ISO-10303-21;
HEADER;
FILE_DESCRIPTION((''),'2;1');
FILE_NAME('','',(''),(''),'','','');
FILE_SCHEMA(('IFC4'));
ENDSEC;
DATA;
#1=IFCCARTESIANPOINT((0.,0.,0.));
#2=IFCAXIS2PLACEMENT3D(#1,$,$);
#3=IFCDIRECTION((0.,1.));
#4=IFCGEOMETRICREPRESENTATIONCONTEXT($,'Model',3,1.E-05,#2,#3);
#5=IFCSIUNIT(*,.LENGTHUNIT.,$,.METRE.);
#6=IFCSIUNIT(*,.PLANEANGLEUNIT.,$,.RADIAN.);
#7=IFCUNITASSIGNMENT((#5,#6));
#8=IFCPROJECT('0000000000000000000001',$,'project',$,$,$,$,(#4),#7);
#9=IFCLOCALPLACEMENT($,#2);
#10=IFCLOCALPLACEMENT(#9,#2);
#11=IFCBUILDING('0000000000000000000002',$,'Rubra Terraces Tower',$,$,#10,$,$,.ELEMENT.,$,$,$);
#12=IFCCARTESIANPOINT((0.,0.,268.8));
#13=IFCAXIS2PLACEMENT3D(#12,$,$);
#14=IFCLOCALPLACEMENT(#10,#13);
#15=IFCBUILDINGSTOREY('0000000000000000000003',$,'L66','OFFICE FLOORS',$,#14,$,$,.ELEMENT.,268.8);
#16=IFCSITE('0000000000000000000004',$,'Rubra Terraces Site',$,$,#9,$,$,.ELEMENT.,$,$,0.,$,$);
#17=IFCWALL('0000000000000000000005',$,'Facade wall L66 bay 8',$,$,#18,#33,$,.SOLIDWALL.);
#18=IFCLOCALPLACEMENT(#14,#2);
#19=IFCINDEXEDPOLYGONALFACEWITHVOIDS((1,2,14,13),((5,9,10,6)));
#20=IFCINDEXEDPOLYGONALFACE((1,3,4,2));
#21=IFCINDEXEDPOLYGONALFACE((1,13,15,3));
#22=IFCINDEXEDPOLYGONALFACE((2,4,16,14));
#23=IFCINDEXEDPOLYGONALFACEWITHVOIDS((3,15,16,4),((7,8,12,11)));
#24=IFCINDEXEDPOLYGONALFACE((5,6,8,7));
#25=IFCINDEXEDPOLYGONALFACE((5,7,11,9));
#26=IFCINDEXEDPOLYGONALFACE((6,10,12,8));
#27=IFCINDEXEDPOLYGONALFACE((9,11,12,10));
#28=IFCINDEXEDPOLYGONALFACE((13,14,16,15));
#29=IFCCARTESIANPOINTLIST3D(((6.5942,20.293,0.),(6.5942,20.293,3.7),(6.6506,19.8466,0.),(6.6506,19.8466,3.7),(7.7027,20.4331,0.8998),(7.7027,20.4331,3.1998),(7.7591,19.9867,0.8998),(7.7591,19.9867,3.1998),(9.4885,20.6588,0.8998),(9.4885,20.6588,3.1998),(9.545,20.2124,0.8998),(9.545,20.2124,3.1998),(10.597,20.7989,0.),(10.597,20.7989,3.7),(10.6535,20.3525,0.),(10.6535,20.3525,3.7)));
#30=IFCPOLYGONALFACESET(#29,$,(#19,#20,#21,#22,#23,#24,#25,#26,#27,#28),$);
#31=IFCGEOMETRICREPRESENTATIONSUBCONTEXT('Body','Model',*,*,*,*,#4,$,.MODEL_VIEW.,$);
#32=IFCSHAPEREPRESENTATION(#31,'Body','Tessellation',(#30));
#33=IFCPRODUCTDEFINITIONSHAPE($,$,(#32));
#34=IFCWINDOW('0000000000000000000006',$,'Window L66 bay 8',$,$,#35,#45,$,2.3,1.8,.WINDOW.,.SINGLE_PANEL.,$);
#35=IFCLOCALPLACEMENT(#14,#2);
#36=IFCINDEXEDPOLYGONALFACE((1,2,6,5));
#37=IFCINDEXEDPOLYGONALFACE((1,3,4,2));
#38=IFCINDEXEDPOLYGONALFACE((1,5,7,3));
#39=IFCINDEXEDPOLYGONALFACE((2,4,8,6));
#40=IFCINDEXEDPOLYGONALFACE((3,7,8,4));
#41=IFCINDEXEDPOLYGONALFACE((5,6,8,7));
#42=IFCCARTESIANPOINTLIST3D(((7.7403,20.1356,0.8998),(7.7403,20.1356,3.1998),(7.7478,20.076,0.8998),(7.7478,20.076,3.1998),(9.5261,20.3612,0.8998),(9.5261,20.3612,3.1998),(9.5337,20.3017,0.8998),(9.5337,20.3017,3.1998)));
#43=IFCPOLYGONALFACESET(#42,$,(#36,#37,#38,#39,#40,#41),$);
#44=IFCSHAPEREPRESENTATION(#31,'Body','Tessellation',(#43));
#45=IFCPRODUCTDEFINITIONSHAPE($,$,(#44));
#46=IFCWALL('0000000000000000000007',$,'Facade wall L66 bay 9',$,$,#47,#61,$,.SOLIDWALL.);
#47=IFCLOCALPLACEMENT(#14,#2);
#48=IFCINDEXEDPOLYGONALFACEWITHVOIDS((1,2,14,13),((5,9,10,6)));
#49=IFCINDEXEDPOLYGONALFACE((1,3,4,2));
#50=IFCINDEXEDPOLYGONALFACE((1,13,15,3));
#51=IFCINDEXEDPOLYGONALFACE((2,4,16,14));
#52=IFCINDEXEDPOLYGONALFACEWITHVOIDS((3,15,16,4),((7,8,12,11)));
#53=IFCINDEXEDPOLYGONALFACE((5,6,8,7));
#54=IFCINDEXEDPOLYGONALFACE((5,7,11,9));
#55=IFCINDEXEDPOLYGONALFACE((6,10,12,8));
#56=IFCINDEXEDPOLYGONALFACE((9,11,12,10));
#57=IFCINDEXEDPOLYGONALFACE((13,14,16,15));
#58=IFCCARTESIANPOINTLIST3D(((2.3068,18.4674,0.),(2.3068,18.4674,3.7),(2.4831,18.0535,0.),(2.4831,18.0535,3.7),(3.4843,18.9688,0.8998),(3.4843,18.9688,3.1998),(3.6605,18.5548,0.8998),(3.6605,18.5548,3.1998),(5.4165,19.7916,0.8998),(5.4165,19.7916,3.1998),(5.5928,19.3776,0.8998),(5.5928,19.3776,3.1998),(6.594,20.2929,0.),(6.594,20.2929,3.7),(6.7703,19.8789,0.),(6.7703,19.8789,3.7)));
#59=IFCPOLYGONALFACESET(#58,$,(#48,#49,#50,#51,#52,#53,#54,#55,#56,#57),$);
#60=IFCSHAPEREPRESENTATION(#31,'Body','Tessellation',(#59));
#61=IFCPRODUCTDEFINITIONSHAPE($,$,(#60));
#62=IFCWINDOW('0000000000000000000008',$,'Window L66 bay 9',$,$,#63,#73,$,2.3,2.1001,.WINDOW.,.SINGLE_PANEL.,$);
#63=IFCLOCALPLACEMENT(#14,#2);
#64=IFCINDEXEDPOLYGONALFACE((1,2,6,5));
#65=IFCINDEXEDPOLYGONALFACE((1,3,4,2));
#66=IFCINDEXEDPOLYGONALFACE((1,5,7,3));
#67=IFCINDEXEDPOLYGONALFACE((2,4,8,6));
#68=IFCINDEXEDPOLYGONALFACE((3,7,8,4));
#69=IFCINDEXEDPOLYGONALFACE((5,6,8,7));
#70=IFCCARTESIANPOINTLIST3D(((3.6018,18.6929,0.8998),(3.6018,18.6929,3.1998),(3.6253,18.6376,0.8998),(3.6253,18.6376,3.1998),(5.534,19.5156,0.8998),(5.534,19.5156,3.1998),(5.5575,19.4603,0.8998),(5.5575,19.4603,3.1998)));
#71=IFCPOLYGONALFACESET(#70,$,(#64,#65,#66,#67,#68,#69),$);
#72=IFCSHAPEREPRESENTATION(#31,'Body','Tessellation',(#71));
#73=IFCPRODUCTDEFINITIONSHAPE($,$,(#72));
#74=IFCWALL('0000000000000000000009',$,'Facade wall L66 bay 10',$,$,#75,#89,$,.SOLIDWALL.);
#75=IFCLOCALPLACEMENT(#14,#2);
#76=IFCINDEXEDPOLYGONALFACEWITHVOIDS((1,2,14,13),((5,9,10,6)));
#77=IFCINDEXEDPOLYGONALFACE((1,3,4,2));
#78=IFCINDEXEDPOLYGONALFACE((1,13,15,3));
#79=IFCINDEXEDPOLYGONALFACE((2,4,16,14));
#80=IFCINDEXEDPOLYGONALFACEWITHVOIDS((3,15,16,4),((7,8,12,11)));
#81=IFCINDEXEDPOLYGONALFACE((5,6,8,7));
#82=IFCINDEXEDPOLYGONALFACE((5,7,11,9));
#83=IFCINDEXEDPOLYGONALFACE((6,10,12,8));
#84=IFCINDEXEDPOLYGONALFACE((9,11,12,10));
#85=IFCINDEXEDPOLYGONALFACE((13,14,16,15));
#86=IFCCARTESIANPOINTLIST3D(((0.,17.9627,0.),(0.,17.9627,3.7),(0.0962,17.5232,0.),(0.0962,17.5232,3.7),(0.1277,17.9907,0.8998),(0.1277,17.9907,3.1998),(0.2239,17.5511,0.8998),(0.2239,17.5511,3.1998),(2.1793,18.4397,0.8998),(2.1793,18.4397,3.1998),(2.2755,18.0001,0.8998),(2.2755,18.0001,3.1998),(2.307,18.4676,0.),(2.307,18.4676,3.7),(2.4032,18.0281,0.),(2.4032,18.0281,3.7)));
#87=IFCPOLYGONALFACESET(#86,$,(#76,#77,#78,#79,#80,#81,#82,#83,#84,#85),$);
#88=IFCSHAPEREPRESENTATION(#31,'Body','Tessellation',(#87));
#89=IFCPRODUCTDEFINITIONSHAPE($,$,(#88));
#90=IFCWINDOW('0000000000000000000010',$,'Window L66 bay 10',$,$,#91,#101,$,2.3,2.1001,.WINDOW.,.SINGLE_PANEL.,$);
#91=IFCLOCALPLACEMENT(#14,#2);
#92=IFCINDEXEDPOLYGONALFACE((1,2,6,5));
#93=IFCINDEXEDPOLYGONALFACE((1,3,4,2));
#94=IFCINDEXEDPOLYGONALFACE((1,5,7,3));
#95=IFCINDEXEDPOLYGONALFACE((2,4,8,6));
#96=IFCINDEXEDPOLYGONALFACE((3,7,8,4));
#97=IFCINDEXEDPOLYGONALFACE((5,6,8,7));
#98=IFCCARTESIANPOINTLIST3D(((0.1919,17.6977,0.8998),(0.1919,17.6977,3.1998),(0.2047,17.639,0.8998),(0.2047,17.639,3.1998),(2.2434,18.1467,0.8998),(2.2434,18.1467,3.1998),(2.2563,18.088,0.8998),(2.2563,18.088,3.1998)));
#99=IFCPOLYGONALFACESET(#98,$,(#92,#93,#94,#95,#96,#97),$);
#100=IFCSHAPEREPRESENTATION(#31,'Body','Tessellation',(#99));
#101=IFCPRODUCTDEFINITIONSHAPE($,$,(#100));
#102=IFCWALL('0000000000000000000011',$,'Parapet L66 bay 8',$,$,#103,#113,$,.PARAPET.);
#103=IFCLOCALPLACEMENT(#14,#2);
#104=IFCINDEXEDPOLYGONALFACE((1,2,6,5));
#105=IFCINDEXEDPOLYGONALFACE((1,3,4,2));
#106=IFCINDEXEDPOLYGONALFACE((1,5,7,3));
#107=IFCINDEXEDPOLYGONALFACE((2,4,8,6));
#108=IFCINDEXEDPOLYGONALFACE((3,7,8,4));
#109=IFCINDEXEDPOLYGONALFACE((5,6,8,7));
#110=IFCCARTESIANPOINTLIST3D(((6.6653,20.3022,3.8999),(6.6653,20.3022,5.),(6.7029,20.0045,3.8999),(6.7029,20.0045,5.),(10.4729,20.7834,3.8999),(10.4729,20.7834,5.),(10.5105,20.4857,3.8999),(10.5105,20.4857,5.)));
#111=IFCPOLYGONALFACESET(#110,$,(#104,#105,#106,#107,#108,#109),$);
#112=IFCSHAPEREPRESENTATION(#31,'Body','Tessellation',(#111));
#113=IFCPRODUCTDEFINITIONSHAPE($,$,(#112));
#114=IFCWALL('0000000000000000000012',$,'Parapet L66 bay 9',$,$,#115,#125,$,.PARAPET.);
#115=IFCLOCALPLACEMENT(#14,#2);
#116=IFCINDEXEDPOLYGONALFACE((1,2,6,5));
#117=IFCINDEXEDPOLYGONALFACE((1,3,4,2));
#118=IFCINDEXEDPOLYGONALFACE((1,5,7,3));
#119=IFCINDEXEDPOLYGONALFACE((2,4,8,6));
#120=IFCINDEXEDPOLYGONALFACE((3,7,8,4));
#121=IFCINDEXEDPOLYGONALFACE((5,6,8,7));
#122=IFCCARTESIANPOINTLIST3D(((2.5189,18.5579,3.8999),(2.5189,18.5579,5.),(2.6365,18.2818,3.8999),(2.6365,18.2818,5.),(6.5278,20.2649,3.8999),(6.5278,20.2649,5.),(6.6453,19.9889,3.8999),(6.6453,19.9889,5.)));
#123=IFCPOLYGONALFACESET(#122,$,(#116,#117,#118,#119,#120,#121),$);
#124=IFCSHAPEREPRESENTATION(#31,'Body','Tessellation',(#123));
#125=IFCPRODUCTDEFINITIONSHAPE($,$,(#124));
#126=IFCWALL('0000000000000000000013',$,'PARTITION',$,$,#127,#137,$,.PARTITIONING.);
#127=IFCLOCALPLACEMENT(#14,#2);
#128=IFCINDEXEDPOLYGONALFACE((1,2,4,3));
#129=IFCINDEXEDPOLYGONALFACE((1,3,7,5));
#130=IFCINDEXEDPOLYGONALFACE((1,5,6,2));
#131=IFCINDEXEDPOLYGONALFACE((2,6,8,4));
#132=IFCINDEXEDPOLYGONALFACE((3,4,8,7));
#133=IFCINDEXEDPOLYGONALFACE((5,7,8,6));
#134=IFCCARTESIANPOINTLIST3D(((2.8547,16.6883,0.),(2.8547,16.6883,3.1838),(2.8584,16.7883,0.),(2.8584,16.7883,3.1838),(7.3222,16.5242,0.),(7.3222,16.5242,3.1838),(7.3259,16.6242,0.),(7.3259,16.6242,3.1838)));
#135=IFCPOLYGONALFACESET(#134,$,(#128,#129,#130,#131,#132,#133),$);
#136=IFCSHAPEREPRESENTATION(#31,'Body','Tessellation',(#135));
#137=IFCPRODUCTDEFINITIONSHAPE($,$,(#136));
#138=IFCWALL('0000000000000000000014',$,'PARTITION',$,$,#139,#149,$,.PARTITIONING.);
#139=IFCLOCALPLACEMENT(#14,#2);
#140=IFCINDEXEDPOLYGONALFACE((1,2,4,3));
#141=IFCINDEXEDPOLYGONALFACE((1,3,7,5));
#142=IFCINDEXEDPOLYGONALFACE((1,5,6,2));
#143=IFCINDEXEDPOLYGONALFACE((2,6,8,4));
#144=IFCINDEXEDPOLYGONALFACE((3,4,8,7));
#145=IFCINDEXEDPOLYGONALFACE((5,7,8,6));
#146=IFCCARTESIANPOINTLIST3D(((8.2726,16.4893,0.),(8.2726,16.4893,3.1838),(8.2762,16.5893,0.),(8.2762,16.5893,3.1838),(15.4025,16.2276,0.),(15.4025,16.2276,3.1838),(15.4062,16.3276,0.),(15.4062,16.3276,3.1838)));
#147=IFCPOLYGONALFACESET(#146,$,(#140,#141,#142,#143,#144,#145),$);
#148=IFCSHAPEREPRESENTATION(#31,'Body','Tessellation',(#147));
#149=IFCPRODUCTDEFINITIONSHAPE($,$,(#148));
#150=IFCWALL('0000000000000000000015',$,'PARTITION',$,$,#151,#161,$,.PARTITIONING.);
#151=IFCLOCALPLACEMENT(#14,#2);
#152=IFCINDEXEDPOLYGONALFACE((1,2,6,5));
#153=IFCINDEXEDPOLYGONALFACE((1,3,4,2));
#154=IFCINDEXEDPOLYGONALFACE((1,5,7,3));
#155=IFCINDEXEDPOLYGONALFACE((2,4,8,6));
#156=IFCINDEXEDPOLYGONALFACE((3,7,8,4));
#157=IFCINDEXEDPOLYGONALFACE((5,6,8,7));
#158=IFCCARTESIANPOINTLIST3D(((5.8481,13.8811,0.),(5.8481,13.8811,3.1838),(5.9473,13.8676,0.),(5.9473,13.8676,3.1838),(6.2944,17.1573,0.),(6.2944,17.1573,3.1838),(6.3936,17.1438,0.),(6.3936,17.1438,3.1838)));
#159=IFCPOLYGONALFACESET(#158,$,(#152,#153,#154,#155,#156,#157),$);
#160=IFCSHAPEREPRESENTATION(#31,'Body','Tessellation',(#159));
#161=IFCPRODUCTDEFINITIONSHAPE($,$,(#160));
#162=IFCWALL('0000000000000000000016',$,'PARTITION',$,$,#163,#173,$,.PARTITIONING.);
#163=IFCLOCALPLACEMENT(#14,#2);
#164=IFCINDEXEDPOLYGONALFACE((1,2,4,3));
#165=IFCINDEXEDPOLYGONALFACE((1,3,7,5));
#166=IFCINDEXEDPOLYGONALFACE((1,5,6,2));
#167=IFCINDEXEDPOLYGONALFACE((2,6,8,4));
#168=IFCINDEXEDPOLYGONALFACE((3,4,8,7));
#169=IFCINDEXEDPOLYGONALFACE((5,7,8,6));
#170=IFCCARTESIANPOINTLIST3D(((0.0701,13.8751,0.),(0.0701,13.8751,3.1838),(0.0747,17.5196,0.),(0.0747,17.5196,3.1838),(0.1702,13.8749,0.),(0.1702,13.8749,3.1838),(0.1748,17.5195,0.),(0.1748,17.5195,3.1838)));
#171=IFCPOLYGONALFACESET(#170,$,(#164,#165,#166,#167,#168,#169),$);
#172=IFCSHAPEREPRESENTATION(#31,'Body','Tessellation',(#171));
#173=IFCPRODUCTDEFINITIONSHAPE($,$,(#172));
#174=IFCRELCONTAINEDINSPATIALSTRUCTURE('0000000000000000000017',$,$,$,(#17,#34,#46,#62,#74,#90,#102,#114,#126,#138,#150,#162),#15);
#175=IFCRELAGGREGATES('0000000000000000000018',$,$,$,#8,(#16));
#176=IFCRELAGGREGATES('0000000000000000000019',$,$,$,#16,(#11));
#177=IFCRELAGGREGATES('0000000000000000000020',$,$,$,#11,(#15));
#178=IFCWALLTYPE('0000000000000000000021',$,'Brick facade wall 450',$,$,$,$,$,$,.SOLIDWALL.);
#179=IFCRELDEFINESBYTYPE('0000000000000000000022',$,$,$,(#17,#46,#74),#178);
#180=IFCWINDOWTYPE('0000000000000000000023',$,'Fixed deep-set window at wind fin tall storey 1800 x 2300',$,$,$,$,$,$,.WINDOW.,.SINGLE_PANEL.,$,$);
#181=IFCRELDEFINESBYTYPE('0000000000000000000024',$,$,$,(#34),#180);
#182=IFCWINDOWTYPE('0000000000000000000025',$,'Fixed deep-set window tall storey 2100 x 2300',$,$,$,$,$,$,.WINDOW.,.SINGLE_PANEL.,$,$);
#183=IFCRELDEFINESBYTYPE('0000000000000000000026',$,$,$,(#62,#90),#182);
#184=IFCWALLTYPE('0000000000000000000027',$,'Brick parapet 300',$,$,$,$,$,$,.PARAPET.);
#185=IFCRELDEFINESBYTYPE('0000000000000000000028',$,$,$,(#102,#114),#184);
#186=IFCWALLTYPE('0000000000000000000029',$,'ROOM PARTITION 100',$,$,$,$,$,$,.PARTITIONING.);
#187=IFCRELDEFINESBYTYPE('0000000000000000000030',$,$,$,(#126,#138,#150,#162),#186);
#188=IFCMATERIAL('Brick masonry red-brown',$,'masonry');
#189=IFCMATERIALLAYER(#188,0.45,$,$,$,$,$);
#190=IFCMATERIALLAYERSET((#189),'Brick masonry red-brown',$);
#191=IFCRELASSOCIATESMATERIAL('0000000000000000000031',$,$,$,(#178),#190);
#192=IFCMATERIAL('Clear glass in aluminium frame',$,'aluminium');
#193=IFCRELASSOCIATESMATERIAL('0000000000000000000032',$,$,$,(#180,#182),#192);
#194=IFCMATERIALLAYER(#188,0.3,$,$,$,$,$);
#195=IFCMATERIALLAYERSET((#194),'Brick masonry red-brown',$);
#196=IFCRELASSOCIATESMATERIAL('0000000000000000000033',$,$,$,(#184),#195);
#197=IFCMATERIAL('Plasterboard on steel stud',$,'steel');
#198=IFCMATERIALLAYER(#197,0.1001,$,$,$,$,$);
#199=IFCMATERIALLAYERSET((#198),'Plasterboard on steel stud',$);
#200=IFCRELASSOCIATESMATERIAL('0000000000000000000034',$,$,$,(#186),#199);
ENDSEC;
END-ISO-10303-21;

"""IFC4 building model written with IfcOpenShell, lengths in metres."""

from ifc_helpers import new_model, si_unit, direction, frame, frame_2d, origin, place, context, subcontext, project, spatial, rectangle, extrude, material, layer, layer_set, type_object, element, fill, save


model = new_model("IFC4")

# Units and contexts
model_context = context("Model", 3, precision=1e-05, world=origin(), true_north=direction((0.0, 1.0)))
body_context = subcontext(model_context, "Body", "Model", "MODEL_VIEW")
ifc_project = project(units=[si_unit("LENGTHUNIT", "METRE"), si_unit("PLANEANGLEUNIT", "RADIAN")], contexts=[model_context])

# Site, building, storey
site_placement = place(None, origin())
site = spatial("IfcSite", under=ifc_project, at=site_placement, Name="Rubra Terraces Site", CompositionType="ELEMENT", RefElevation=0.0)
building_placement = place(site_placement, origin())
building = spatial("IfcBuilding", under=site, at=building_placement, Name="Rubra Terraces Tower", CompositionType="ELEMENT")
storey_placement = place(building_placement, frame((0.0, 0.0, 268.8)))
storey = spatial("IfcBuildingStorey", under=building, at=storey_placement, Name="L66", Description="OFFICE FLOORS", CompositionType="ELEMENT", Elevation=268.8)

# Walls, openings, windows
ifc_material_1 = material(Name="Brick masonry red-brown", Category="masonry")
ifc_layer_1 = layer(ifc_material_1, 0.45)
ifc_layer_set_1 = layer_set([ifc_layer_1], Name="Brick masonry red-brown")
wall_type_1 = type_object("IfcWallType", Name="Brick facade wall 450", PredefinedType="SOLIDWALL", material=ifc_layer_set_1)
wall_1_placement = place(storey_placement, frame((10.6252, 20.5757, 0.0), z_axis=(0.0, 0.0, 1.0), x_axis=(-0.992109, -0.125375, 0.0)))
wall_1 = element("IfcWall", 1, at=wall_1_placement, inside=storey, type_object=wall_type_1, Name="Facade wall L66 bay 8", PredefinedType="SOLIDWALL", context=body_context, shape_type="SweptSolid", body=[
    extrude(rectangle(XDim=4.0347, YDim=0.45, at=frame_2d((2.0173, 0.0))), origin(), (0.0, 0.0, 1.0), 3.7),
])
opening_1_placement = place(wall_1_placement, frame((1.1174, 0.0, 0.8999)))
opening_1 = element("IfcOpeningElement", 2, at=opening_1_placement, cuts=wall_1, PredefinedType="OPENING", context=body_context, shape_type="SweptSolid", body=[
    extrude(rectangle(XDim=1.8, YDim=2.3, at=frame_2d((0.8999, 1.1499))), frame((0.0, 0.2349, 0.0), z_axis=(0.0, -1.0, 0.0), x_axis=(1.0, 0.0, 0.0)), (0.0, 0.0, 1.0), 0.47),
])
ifc_material_2 = material(Name="Clear glass in aluminium frame", Category="aluminium")
window_type_1 = type_object("IfcWindowType", Name="Fixed deep-set window at wind fin tall storey 1800 x 2300", PartitioningType="SINGLE_PANEL", PredefinedType="WINDOW", material=ifc_material_2)
window_1_placement = place(opening_1_placement, origin())
window_1 = element("IfcWindow", 3, at=window_1_placement, inside=storey, type_object=window_type_1, Name="Window L66 bay 8", OverallHeight=2.3, OverallWidth=1.8, PartitioningType="SINGLE_PANEL", PredefinedType="WINDOW", context=body_context, shape_type="SweptSolid", body=[
    extrude(rectangle(XDim=1.8, YDim=2.3, at=frame_2d((0.8999, 1.1499))), frame((0.0, 0.135, 0.0), z_axis=(0.0, -1.0, 0.0), x_axis=(1.0, 0.0, 0.0)), (0.0, 0.0, 1.0), 0.0601),
])
fill(opening_1, window_1)
wall_2_placement = place(storey_placement, frame((6.6821, 20.0859, 0.0), z_axis=(0.0, 0.0, 1.0), x_axis=(-0.920067, -0.391762, 0.0)))
wall_2 = element("IfcWall", 4, at=wall_2_placement, inside=storey, type_object=wall_type_1, Name="Facade wall L66 bay 9", PredefinedType="SOLIDWALL", context=body_context, shape_type="SweptSolid", body=[
    extrude(rectangle(XDim=4.6597, YDim=0.45, at=frame_2d((2.3298, 0.0))), origin(), (0.0, 0.0, 1.0), 3.7),
])
opening_2_placement = place(wall_2_placement, frame((1.2798, 0.0, 0.8999)))
opening_2 = element("IfcOpeningElement", 5, at=opening_2_placement, cuts=wall_2, PredefinedType="OPENING", context=body_context, shape_type="SweptSolid", body=[
    extrude(rectangle(XDim=2.1001, YDim=2.3, at=frame_2d((1.05, 1.1499))), frame((0.0, 0.2349, 0.0), z_axis=(0.0, -1.0, 0.0), x_axis=(1.0, 0.0, 0.0)), (0.0, 0.0, 1.0), 0.47),
])
window_type_2 = type_object("IfcWindowType", Name="Fixed deep-set window tall storey 2100 x 2300", PartitioningType="SINGLE_PANEL", PredefinedType="WINDOW", material=ifc_material_2)
window_2_placement = place(opening_2_placement, origin())
window_2 = element("IfcWindow", 6, at=window_2_placement, inside=storey, type_object=window_type_2, Name="Window L66 bay 9", OverallHeight=2.3, OverallWidth=2.1001, PartitioningType="SINGLE_PANEL", PredefinedType="WINDOW", context=body_context, shape_type="SweptSolid", body=[
    extrude(rectangle(XDim=2.1001, YDim=2.3, at=frame_2d((1.05, 1.1499))), frame((0.0, 0.135, 0.0), z_axis=(0.0, -1.0, 0.0), x_axis=(1.0, 0.0, 0.0)), (0.0, 0.0, 1.0), 0.0601),
])
fill(opening_2, window_2)
wall_3_placement = place(storey_placement, frame((2.355, 18.2478, 0.0), z_axis=(0.0, 0.0, 1.0), x_axis=(-0.976878, -0.213799, 0.0)))
wall_3 = element("IfcWall", 7, at=wall_3_placement, inside=storey, type_object=wall_type_1, Name="Facade wall L66 bay 10", PredefinedType="SOLIDWALL", context=body_context, shape_type="SweptSolid", body=[
    extrude(rectangle(XDim=2.3616, YDim=0.45, at=frame_2d((1.1807, 0.0))), origin(), (0.0, 0.0, 1.0), 3.7),
])
opening_3_placement = place(wall_3_placement, frame((0.1306, 0.0, 0.8999)))
opening_3 = element("IfcOpeningElement", 8, at=opening_3_placement, cuts=wall_3, PredefinedType="OPENING", context=body_context, shape_type="SweptSolid", body=[
    extrude(rectangle(XDim=2.1001, YDim=2.3, at=frame_2d((1.05, 1.1499))), frame((0.0, 0.2349, 0.0), z_axis=(0.0, -1.0, 0.0), x_axis=(1.0, 0.0, 0.0)), (0.0, 0.0, 1.0), 0.47),
])
window_3_placement = place(opening_3_placement, origin())
window_3 = element("IfcWindow", 9, at=window_3_placement, inside=storey, type_object=window_type_2, Name="Window L66 bay 10", OverallHeight=2.3, OverallWidth=2.1001, PartitioningType="SINGLE_PANEL", PredefinedType="WINDOW", context=body_context, shape_type="SweptSolid", body=[
    extrude(rectangle(XDim=2.1001, YDim=2.3, at=frame_2d((1.05, 1.1499))), frame((0.0, 0.135, 0.0), z_axis=(0.0, -1.0, 0.0), x_axis=(1.0, 0.0, 0.0)), (0.0, 0.0, 1.0), 0.0601),
])
fill(opening_3, window_3)

# Walls
ifc_layer_2 = layer(ifc_material_1, 0.3)
ifc_layer_set_2 = layer_set([ifc_layer_2], Name="Brick masonry red-brown")
wall_type_2 = type_object("IfcWallType", Name="Brick parapet 300", PredefinedType="PARAPET", material=ifc_layer_set_2)
wall_4_placement = place(storey_placement, frame((10.4917, 20.6345, 3.8999), z_axis=(0.0, 0.0, 1.0), x_axis=(-0.992109, -0.125381, 0.0)))
element("IfcWall", 10, at=wall_4_placement, inside=storey, type_object=wall_type_2, Name="Parapet L66 bay 8", PredefinedType="PARAPET", context=body_context, shape_type="SweptSolid", body=[
    extrude(rectangle(XDim=3.8379, YDim=0.3, at=frame_2d((1.9189, 0.0))), origin(), (0.0, 0.0, 1.0), 1.1001),
])
wall_5_placement = place(storey_placement, frame((6.5867, 20.127, 3.8999), z_axis=(0.0, 0.0, 1.0), x_axis=(-0.920058, -0.391781, 0.0)))
element("IfcWall", 11, at=wall_5_placement, inside=storey, type_object=wall_type_2, Name="Parapet L66 bay 9", PredefinedType="PARAPET", context=body_context, shape_type="SweptSolid", body=[
    extrude(rectangle(XDim=4.3572, YDim=0.3, at=frame_2d((2.1787, 0.0))), origin(), (0.0, 0.0, 1.0), 1.1001),
])
ifc_material_3 = material(Name="Plasterboard on steel stud", Category="steel")
ifc_layer_3 = layer(ifc_material_3, 0.1001)
ifc_layer_set_3 = layer_set([ifc_layer_3], Name="Plasterboard on steel stud")
wall_type_3 = type_object("IfcWallType", Name="ROOM PARTITION 100", PredefinedType="PARTITIONING", material=ifc_layer_set_3)
wall_6_placement = place(storey_placement, frame((2.8564, 16.7383, 0.0), z_axis=(0.0, 0.0, 1.0), x_axis=(0.999326, -0.036699, 0.0)))
element("IfcWall", 12, at=wall_6_placement, inside=storey, type_object=wall_type_3, Name="PARTITION", PredefinedType="PARTITIONING", context=body_context, shape_type="SweptSolid", body=[
    extrude(rectangle(XDim=4.4705, YDim=0.1001, at=frame_2d((2.2354, 0.0))), origin(), (0.0, 0.0, 1.0), 3.1838),
])
wall_7_placement = place(storey_placement, frame((8.2744, 16.5393, 0.0), z_axis=(0.0, 0.0, 1.0), x_axis=(0.999327, -0.036683, 0.0)))
element("IfcWall", 13, at=wall_7_placement, inside=storey, type_object=wall_type_3, Name="PARTITION", PredefinedType="PARTITIONING", context=body_context, shape_type="SweptSolid", body=[
    extrude(rectangle(XDim=7.1348, YDim=0.1001, at=frame_2d((3.5674, 0.0))), origin(), (0.0, 0.0, 1.0), 3.1838),
])
wall_8_placement = place(storey_placement, frame((5.8977, 13.8743, 0.0), z_axis=(0.0, 0.0, 1.0), x_axis=(0.134978, 0.990849, 0.0)))
element("IfcWall", 14, at=wall_8_placement, inside=storey, type_object=wall_type_3, Name="PARTITION", PredefinedType="PARTITIONING", context=body_context, shape_type="SweptSolid", body=[
    extrude(rectangle(XDim=3.3064, YDim=0.1001, at=frame_2d((1.6533, 0.0))), origin(), (0.0, 0.0, 1.0), 3.1838),
])
wall_9_placement = place(storey_placement, frame((0.1201, 13.875, 0.0), z_axis=(0.0, 0.0, 1.0), x_axis=(0.001273, 0.999999, 0.0)))
element("IfcWall", 15, at=wall_9_placement, inside=storey, type_object=wall_type_3, Name="PARTITION", PredefinedType="PARTITIONING", context=body_context, shape_type="SweptSolid", body=[
    extrude(rectangle(XDim=3.6445, YDim=0.1001, at=frame_2d((1.8223, 0.0))), origin(), (0.0, 0.0, 1.0), 3.1838),
])

save(model, "model.ifc")
